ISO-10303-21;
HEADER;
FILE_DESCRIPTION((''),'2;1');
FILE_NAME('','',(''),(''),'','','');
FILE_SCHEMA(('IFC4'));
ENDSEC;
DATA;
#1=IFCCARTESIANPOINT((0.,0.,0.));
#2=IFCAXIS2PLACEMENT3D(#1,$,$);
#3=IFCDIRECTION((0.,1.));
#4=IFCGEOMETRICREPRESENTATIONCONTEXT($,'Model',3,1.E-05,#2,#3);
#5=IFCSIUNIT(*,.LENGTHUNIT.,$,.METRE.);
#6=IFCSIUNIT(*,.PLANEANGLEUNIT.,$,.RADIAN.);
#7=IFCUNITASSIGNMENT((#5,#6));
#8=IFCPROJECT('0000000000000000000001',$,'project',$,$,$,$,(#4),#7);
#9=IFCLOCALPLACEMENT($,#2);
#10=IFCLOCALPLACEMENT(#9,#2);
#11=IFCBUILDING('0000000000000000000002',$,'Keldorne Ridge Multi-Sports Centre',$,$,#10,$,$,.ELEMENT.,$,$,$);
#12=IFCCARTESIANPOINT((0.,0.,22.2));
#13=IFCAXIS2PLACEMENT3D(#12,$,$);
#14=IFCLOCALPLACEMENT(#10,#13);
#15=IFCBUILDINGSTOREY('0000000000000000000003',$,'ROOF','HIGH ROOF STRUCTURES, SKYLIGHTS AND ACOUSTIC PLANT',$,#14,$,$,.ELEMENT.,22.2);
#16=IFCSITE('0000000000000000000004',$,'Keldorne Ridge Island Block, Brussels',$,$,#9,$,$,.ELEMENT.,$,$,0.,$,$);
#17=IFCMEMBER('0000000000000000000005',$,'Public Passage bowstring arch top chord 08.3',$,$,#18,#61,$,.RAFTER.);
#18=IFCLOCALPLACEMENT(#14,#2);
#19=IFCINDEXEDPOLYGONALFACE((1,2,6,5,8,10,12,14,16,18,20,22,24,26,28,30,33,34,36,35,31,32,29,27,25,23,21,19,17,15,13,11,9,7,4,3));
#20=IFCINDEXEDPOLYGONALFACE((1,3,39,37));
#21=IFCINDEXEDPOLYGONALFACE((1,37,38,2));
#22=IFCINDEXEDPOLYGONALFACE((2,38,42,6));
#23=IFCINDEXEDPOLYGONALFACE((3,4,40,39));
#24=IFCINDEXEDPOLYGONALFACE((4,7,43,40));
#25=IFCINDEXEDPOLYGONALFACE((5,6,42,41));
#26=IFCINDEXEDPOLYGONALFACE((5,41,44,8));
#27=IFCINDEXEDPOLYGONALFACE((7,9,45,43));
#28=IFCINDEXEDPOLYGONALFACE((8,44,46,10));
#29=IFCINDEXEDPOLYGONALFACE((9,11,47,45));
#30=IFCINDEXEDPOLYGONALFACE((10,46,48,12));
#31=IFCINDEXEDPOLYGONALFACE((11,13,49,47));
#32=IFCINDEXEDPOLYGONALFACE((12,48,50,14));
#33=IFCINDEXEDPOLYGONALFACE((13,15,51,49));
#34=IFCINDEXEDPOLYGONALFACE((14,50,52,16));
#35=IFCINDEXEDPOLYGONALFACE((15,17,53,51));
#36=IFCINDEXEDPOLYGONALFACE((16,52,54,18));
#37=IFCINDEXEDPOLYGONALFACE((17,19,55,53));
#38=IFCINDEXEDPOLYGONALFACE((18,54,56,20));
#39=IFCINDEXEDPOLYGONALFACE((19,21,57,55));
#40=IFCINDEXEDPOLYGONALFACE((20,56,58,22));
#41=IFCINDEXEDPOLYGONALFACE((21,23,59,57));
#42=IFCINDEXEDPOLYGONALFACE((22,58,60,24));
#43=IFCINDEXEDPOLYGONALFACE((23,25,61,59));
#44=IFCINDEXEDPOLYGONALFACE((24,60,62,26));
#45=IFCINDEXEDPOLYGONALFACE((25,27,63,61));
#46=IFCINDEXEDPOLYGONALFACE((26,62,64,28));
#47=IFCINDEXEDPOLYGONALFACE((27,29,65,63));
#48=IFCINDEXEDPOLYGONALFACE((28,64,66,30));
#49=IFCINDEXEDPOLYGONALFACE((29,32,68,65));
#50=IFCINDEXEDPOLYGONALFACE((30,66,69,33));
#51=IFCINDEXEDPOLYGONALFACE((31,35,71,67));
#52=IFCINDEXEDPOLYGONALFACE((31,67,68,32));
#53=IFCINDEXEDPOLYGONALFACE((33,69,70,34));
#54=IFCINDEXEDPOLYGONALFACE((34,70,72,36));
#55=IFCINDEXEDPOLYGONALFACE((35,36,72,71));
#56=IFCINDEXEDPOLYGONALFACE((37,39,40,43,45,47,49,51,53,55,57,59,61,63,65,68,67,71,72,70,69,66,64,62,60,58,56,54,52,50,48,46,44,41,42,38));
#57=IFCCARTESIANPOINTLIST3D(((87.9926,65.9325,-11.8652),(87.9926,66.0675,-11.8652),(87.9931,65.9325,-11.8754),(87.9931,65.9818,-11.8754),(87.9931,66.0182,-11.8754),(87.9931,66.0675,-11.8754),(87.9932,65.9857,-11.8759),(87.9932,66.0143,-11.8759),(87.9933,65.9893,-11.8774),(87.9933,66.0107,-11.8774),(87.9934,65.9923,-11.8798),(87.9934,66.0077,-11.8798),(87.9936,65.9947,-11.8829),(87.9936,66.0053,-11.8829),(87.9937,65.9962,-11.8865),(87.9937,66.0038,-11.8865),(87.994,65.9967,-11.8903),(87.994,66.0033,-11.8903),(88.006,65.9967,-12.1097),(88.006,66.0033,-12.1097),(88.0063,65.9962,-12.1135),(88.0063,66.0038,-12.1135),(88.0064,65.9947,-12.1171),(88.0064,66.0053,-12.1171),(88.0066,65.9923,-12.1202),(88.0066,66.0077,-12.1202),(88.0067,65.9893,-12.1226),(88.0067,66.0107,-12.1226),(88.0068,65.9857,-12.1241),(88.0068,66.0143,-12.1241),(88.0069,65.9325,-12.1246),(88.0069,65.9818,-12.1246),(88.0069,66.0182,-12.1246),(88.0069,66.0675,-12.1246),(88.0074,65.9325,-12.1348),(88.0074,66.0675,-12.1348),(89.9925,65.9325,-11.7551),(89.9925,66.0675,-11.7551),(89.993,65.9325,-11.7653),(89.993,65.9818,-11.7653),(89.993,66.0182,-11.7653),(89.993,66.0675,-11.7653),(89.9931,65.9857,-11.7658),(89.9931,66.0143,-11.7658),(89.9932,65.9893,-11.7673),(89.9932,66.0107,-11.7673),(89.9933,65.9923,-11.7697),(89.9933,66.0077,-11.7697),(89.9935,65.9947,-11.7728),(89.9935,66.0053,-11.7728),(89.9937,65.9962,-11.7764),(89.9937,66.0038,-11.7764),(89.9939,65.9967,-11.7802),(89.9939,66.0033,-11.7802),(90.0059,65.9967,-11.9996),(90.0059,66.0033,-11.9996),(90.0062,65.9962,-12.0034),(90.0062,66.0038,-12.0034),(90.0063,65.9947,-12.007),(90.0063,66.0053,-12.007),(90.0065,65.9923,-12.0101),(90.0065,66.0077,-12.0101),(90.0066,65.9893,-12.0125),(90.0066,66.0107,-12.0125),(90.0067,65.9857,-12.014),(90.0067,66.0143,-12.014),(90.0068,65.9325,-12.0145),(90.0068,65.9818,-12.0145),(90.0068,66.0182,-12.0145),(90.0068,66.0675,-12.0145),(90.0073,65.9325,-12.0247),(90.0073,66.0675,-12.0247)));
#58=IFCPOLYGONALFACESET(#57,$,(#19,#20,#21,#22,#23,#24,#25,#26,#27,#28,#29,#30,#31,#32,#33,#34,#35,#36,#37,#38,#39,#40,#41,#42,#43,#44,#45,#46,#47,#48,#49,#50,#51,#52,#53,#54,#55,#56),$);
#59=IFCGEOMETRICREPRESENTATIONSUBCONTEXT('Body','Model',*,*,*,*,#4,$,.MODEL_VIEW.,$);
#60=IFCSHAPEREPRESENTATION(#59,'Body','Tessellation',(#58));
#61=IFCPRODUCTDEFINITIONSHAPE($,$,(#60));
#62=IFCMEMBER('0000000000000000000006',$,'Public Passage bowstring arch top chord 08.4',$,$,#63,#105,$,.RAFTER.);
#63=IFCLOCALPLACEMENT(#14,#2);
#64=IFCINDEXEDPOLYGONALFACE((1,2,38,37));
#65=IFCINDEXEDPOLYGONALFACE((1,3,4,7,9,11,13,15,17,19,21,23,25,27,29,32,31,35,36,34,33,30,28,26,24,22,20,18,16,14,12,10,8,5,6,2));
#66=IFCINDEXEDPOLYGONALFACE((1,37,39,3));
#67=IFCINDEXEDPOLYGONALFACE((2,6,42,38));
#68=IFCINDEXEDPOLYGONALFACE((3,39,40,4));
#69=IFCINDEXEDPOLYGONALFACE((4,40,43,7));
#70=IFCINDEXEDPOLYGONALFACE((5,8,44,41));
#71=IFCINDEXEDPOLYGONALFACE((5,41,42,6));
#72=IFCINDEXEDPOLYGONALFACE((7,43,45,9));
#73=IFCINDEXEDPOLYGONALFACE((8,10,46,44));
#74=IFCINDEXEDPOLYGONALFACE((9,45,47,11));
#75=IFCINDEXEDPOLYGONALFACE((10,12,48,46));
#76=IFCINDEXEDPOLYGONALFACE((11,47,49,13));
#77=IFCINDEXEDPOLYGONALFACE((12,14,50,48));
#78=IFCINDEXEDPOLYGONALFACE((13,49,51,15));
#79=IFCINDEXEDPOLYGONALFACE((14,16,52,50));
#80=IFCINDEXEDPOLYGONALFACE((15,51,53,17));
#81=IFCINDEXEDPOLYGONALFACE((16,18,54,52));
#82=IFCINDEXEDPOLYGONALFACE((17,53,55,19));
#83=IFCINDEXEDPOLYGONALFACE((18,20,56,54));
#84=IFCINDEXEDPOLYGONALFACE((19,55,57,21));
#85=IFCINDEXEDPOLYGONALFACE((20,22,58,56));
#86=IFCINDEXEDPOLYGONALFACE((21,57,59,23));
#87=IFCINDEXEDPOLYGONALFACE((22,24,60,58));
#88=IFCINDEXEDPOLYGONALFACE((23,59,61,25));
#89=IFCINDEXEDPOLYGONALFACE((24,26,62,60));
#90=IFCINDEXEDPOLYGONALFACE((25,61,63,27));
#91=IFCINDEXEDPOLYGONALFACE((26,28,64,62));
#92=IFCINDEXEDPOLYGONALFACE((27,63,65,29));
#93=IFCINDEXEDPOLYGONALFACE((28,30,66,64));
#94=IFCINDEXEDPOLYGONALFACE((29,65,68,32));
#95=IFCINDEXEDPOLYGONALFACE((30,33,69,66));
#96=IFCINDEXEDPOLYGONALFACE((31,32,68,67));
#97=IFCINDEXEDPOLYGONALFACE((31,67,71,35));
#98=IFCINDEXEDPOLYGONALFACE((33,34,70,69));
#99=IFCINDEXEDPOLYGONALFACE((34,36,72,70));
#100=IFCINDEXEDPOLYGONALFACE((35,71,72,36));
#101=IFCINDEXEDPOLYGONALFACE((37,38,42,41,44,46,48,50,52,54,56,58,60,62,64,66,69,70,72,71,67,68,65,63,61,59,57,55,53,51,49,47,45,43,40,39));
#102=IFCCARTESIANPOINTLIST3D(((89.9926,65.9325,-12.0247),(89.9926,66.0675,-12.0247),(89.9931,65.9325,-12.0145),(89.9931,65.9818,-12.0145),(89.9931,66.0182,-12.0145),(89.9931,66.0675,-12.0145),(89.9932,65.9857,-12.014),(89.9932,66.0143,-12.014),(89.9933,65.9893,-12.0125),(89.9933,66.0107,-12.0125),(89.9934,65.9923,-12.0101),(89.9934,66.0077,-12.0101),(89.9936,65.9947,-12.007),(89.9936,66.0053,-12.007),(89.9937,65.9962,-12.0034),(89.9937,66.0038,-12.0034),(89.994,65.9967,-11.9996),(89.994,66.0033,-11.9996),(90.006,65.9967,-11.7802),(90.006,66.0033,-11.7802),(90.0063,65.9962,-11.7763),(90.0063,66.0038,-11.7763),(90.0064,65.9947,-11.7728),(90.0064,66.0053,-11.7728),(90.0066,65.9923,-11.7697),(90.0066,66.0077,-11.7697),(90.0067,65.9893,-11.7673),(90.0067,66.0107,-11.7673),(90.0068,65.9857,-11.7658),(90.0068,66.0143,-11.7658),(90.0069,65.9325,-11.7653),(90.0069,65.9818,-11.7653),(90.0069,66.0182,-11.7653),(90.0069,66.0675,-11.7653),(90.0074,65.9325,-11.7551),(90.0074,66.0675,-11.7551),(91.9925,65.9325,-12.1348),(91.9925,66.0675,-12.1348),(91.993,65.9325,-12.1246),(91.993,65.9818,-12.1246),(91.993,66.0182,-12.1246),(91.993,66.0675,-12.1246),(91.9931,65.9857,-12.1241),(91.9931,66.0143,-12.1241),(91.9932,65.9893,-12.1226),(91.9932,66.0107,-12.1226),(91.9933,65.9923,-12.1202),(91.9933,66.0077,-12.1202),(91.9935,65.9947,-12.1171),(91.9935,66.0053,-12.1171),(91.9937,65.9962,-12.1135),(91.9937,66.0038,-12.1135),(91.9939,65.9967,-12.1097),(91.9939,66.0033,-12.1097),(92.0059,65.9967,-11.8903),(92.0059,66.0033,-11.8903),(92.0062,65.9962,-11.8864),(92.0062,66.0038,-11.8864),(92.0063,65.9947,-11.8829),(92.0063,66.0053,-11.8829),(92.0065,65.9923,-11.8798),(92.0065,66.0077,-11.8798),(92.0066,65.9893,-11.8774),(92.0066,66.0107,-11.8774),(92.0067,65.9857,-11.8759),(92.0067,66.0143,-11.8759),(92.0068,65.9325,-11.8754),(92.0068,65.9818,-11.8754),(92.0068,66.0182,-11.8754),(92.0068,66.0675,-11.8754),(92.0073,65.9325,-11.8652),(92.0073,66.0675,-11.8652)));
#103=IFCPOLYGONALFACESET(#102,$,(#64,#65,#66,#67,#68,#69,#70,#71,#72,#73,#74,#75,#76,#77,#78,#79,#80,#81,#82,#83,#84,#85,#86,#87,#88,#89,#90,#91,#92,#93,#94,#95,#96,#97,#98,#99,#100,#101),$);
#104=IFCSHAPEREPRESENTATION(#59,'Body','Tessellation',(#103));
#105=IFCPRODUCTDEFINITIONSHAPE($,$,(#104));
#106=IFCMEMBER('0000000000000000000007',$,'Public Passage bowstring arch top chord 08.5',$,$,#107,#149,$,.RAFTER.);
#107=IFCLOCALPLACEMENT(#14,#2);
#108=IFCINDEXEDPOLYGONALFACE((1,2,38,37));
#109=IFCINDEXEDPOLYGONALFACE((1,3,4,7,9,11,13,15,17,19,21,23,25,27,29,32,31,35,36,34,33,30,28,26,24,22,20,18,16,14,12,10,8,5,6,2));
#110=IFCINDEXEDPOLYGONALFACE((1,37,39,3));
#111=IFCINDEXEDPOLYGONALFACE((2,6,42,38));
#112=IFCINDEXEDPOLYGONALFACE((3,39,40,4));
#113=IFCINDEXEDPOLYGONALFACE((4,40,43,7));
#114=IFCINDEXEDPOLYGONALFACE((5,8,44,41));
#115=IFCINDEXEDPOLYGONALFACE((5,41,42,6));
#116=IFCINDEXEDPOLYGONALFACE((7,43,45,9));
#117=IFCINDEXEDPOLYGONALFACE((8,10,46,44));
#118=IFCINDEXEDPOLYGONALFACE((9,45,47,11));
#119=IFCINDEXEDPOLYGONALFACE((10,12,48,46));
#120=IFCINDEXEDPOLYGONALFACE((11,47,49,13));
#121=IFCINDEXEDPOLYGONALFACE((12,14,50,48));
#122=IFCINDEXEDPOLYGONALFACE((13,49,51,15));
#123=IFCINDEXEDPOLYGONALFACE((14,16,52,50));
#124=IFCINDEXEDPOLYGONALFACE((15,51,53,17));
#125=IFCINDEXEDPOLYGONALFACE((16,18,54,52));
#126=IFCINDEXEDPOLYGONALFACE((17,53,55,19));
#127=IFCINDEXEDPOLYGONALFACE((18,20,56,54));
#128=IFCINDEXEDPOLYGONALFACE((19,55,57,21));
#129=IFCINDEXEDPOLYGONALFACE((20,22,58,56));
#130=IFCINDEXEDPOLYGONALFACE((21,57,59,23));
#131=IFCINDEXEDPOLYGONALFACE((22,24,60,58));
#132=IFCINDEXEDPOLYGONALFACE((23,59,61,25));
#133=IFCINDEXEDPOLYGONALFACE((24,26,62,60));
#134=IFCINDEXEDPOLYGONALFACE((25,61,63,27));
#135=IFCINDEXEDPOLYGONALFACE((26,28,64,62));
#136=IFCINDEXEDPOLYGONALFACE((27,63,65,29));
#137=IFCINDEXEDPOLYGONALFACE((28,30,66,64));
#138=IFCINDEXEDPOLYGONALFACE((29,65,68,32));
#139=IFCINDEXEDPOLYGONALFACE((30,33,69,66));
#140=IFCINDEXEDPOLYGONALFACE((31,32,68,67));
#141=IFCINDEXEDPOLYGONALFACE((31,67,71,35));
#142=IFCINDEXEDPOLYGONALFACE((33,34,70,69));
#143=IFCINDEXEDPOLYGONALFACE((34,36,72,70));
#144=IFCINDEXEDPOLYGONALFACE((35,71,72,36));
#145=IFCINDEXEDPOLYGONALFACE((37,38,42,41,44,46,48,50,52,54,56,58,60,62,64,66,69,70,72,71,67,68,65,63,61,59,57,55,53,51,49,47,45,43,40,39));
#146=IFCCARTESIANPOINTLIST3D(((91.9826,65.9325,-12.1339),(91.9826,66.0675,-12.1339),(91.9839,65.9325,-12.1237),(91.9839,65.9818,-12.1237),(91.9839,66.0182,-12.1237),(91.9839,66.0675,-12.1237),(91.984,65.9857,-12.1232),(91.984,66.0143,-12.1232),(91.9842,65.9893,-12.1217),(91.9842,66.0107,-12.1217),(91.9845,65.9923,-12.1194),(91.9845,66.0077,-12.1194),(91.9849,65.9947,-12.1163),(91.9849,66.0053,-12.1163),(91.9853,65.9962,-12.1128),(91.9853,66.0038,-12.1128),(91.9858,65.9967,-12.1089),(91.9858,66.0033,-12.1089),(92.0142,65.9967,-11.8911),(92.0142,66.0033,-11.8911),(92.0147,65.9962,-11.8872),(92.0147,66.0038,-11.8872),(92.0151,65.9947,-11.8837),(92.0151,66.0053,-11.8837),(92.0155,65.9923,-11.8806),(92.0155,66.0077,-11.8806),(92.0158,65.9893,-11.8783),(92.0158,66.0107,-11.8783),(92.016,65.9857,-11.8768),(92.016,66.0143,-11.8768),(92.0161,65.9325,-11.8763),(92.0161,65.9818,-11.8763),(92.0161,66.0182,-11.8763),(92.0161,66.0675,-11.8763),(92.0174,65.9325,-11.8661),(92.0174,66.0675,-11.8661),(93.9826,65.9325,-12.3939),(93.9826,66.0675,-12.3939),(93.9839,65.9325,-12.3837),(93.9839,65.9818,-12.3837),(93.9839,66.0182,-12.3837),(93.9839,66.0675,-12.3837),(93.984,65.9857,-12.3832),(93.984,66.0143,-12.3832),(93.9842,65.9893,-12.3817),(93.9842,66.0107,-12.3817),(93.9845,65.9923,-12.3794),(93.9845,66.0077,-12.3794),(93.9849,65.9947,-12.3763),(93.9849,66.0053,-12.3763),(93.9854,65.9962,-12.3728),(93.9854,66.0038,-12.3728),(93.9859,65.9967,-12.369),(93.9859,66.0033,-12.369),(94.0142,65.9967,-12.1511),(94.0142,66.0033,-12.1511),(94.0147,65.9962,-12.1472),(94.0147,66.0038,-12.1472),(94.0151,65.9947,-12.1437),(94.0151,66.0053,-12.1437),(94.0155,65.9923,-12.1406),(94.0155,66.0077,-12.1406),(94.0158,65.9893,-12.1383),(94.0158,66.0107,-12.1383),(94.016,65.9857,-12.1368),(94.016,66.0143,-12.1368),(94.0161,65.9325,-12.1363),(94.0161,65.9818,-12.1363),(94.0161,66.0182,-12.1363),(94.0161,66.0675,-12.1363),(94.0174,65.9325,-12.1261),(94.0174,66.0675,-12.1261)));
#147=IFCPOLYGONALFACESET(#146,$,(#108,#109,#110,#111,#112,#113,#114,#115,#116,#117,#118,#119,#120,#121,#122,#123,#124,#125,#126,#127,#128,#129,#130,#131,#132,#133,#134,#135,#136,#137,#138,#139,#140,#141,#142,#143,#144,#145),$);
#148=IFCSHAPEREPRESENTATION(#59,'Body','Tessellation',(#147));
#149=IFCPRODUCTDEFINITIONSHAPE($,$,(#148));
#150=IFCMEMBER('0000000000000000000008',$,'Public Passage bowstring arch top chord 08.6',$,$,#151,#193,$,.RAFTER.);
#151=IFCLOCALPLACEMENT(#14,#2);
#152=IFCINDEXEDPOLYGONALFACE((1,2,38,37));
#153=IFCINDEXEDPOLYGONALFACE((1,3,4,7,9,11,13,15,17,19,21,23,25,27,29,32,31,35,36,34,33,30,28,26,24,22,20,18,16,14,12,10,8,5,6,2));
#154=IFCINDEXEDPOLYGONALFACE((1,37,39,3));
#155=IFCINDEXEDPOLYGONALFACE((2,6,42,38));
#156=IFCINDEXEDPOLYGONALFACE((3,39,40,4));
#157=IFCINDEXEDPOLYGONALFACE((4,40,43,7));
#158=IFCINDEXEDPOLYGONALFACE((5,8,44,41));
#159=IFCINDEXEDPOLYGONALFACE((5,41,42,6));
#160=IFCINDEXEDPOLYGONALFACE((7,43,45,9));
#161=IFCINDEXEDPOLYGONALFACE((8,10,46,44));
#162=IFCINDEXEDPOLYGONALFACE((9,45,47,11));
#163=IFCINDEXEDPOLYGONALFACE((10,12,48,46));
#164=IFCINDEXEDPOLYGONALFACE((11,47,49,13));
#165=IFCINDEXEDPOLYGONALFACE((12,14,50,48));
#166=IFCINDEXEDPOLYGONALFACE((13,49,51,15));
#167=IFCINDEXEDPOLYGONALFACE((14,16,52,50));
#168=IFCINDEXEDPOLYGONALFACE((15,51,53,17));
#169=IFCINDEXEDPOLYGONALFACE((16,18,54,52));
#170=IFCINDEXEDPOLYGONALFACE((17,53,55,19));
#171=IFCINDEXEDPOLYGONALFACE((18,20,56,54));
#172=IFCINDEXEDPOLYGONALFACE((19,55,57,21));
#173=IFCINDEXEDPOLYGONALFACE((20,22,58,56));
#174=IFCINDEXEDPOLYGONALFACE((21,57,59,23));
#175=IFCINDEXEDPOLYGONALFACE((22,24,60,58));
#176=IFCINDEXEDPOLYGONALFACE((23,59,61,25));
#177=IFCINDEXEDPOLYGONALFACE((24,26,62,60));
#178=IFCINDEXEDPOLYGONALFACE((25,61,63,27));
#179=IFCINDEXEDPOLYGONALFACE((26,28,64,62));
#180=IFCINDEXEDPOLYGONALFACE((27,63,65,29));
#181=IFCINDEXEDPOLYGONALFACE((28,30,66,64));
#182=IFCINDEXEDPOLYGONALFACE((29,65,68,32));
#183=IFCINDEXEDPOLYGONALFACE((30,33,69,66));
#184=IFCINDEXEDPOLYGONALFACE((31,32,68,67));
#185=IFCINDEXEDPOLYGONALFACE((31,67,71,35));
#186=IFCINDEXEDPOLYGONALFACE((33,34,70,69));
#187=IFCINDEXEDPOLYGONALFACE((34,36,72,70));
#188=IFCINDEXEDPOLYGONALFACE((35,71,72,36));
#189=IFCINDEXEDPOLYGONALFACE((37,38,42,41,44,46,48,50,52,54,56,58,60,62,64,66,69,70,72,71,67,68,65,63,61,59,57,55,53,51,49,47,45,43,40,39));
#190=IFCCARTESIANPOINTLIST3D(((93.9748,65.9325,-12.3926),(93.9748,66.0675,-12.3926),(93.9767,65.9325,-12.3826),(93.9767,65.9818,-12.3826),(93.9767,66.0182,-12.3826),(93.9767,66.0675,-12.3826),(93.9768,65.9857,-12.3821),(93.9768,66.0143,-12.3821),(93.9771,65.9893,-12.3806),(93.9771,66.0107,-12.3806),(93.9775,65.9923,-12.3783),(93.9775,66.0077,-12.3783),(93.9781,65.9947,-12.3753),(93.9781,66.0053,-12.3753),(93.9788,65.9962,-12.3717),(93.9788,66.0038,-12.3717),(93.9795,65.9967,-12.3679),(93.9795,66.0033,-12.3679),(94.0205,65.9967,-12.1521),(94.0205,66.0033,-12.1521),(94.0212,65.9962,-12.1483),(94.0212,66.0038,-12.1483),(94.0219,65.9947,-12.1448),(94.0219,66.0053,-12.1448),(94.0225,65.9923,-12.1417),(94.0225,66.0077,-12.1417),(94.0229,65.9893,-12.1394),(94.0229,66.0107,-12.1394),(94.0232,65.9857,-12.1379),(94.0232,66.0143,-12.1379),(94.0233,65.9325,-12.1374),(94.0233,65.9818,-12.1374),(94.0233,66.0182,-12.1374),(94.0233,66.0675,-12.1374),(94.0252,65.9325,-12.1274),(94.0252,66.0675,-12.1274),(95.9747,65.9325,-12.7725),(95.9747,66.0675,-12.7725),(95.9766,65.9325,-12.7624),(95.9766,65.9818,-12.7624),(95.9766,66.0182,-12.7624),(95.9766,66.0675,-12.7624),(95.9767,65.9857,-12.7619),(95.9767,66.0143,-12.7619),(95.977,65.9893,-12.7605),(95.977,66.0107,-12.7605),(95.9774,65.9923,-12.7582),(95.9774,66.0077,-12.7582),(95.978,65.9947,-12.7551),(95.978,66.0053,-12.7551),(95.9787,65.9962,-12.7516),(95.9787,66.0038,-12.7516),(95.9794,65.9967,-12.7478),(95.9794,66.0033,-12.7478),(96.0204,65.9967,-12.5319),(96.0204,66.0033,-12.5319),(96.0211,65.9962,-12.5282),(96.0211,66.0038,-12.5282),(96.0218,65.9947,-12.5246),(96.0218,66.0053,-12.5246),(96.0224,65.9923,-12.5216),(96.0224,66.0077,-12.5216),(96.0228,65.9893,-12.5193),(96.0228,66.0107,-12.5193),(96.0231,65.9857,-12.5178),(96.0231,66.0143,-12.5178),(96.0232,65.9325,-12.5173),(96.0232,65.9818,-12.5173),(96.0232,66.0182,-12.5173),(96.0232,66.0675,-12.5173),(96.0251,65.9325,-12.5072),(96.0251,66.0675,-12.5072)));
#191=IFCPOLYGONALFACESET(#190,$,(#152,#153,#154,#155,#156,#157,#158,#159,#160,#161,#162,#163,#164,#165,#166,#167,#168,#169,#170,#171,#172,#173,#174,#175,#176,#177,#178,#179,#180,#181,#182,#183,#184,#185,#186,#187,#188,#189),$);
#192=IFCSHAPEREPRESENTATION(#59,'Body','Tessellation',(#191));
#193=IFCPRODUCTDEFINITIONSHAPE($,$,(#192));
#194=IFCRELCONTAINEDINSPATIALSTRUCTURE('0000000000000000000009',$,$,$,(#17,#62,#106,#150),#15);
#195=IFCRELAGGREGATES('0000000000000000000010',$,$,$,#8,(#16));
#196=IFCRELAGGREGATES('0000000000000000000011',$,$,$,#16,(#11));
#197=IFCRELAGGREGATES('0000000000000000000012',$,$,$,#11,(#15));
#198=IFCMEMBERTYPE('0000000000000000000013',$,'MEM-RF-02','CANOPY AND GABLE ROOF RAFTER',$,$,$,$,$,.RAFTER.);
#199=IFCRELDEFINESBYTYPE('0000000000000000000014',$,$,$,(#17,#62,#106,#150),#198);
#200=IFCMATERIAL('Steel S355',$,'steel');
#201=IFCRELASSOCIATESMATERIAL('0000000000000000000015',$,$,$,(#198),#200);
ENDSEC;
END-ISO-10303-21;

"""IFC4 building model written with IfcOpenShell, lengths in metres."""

from ifc_helpers import new_model, si_unit, direction, frame, origin, origin_2d, place, context, subcontext, project, spatial, i_section, extrude, material, material_profile, profile_set, type_object, element, save


model = new_model("IFC4")

# Units and contexts
model_context = context("Model", 3, precision=1e-05, world=origin(), true_north=direction((0.0, 1.0)))
body_context = subcontext(model_context, "Body", "Model", "MODEL_VIEW")
ifc_project = project(units=[si_unit("LENGTHUNIT", "METRE"), si_unit("PLANEANGLEUNIT", "RADIAN")], contexts=[model_context])

# Site, building, storey
site_placement = place(None, origin())
site = spatial("IfcSite", under=ifc_project, at=site_placement, Name="Keldorne Ridge Island Block, Brussels", CompositionType="ELEMENT", RefElevation=0.0)
building_placement = place(site_placement, origin())
building = spatial("IfcBuilding", under=site, at=building_placement, Name="Keldorne Ridge Multi-Sports Centre", CompositionType="ELEMENT")
storey_placement = place(building_placement, frame((0.0, 0.0, 22.2)))
storey = spatial("IfcBuildingStorey", under=building, at=storey_placement, Name="ROOF", Description="HIGH ROOF STRUCTURES, SKYLIGHTS AND ACOUSTIC PLANT", CompositionType="ELEMENT", Elevation=22.2)

# Members
ifc_material = material(Name="Steel S355", Category="steel")
ifc_material_profile_1 = material_profile(ifc_material, i_section(OverallWidth=0.135, OverallDepth=0.27, WebThickness=0.0066, FlangeThickness=0.0103, FilletRadius=0.0149, at=origin_2d()), Name="IPE 270")
ifc_profile_set_1 = profile_set([ifc_material_profile_1], Name="Steel S355")
member_type_1 = type_object("IfcMemberType", Name="MEM-RF-02", Description="CANOPY AND GABLE ROOF RAFTER", PredefinedType="RAFTER", material=ifc_profile_set_1)
for number, where, z_axis, x_axis, name in (
    (1, (88.0, 66.0, -12.0), (0.998488, 0.0, 0.05497), (0.0, 1.0, 0.0), "Public Passage bowstring arch top chord 08.3"),
    (2, (90.0, 66.0, -11.8899), (0.998488, 0.0, -0.05497), (0.0, 1.0, 0.0), "Public Passage bowstring arch top chord 08.4"),
):
    element("IfcMember", number, at=place(storey_placement, frame(where, z_axis=z_axis, x_axis=x_axis)), inside=storey, type_object=member_type_1, Name=name, PredefinedType="RAFTER", context=body_context, shape_type="SweptSolid", body=[
        extrude(i_section(OverallWidth=0.135, OverallDepth=0.27, WebThickness=0.0066, FlangeThickness=0.0103, FilletRadius=0.0149, at=origin_2d()), origin(), (0.0, 0.0, 1.0), 2.0029),
    ])
member_1_placement = place(storey_placement, frame((92.0, 66.0, -12.0), z_axis=(0.991655, 0.0, -0.12892), x_axis=(0.0, 1.0, 0.0)))
element("IfcMember", 3, at=member_1_placement, inside=storey, type_object=member_type_1, Name="Public Passage bowstring arch top chord 08.5", PredefinedType="RAFTER", context=body_context, shape_type="SweptSolid", body=[
    extrude(i_section(OverallWidth=0.135, OverallDepth=0.27, WebThickness=0.0066, FlangeThickness=0.0103, FilletRadius=0.0149, at=origin_2d()), origin(), (0.0, 0.0, 1.0), 2.0168),
])
for number, where, z_axis, x_axis, name in (
    (4, (94.0, 66.0, -12.26), (0.982435, 0.0, -0.186605), (0.0, 1.0, 0.0), "Public Passage bowstring arch top chord 08.6"),
):
    element("IfcMember", number, at=place(storey_placement, frame(where, z_axis=z_axis, x_axis=x_axis)), inside=storey, type_object=member_type_1, Name=name, PredefinedType="RAFTER", context=body_context, shape_type="SweptSolid", body=[
        extrude(i_section(OverallWidth=0.135, OverallDepth=0.27, WebThickness=0.0066, FlangeThickness=0.0103, FilletRadius=0.0149, at=origin_2d()), origin(), (0.0, 0.0, 1.0), 2.0356),
    ])

save(model, "model.ifc")
